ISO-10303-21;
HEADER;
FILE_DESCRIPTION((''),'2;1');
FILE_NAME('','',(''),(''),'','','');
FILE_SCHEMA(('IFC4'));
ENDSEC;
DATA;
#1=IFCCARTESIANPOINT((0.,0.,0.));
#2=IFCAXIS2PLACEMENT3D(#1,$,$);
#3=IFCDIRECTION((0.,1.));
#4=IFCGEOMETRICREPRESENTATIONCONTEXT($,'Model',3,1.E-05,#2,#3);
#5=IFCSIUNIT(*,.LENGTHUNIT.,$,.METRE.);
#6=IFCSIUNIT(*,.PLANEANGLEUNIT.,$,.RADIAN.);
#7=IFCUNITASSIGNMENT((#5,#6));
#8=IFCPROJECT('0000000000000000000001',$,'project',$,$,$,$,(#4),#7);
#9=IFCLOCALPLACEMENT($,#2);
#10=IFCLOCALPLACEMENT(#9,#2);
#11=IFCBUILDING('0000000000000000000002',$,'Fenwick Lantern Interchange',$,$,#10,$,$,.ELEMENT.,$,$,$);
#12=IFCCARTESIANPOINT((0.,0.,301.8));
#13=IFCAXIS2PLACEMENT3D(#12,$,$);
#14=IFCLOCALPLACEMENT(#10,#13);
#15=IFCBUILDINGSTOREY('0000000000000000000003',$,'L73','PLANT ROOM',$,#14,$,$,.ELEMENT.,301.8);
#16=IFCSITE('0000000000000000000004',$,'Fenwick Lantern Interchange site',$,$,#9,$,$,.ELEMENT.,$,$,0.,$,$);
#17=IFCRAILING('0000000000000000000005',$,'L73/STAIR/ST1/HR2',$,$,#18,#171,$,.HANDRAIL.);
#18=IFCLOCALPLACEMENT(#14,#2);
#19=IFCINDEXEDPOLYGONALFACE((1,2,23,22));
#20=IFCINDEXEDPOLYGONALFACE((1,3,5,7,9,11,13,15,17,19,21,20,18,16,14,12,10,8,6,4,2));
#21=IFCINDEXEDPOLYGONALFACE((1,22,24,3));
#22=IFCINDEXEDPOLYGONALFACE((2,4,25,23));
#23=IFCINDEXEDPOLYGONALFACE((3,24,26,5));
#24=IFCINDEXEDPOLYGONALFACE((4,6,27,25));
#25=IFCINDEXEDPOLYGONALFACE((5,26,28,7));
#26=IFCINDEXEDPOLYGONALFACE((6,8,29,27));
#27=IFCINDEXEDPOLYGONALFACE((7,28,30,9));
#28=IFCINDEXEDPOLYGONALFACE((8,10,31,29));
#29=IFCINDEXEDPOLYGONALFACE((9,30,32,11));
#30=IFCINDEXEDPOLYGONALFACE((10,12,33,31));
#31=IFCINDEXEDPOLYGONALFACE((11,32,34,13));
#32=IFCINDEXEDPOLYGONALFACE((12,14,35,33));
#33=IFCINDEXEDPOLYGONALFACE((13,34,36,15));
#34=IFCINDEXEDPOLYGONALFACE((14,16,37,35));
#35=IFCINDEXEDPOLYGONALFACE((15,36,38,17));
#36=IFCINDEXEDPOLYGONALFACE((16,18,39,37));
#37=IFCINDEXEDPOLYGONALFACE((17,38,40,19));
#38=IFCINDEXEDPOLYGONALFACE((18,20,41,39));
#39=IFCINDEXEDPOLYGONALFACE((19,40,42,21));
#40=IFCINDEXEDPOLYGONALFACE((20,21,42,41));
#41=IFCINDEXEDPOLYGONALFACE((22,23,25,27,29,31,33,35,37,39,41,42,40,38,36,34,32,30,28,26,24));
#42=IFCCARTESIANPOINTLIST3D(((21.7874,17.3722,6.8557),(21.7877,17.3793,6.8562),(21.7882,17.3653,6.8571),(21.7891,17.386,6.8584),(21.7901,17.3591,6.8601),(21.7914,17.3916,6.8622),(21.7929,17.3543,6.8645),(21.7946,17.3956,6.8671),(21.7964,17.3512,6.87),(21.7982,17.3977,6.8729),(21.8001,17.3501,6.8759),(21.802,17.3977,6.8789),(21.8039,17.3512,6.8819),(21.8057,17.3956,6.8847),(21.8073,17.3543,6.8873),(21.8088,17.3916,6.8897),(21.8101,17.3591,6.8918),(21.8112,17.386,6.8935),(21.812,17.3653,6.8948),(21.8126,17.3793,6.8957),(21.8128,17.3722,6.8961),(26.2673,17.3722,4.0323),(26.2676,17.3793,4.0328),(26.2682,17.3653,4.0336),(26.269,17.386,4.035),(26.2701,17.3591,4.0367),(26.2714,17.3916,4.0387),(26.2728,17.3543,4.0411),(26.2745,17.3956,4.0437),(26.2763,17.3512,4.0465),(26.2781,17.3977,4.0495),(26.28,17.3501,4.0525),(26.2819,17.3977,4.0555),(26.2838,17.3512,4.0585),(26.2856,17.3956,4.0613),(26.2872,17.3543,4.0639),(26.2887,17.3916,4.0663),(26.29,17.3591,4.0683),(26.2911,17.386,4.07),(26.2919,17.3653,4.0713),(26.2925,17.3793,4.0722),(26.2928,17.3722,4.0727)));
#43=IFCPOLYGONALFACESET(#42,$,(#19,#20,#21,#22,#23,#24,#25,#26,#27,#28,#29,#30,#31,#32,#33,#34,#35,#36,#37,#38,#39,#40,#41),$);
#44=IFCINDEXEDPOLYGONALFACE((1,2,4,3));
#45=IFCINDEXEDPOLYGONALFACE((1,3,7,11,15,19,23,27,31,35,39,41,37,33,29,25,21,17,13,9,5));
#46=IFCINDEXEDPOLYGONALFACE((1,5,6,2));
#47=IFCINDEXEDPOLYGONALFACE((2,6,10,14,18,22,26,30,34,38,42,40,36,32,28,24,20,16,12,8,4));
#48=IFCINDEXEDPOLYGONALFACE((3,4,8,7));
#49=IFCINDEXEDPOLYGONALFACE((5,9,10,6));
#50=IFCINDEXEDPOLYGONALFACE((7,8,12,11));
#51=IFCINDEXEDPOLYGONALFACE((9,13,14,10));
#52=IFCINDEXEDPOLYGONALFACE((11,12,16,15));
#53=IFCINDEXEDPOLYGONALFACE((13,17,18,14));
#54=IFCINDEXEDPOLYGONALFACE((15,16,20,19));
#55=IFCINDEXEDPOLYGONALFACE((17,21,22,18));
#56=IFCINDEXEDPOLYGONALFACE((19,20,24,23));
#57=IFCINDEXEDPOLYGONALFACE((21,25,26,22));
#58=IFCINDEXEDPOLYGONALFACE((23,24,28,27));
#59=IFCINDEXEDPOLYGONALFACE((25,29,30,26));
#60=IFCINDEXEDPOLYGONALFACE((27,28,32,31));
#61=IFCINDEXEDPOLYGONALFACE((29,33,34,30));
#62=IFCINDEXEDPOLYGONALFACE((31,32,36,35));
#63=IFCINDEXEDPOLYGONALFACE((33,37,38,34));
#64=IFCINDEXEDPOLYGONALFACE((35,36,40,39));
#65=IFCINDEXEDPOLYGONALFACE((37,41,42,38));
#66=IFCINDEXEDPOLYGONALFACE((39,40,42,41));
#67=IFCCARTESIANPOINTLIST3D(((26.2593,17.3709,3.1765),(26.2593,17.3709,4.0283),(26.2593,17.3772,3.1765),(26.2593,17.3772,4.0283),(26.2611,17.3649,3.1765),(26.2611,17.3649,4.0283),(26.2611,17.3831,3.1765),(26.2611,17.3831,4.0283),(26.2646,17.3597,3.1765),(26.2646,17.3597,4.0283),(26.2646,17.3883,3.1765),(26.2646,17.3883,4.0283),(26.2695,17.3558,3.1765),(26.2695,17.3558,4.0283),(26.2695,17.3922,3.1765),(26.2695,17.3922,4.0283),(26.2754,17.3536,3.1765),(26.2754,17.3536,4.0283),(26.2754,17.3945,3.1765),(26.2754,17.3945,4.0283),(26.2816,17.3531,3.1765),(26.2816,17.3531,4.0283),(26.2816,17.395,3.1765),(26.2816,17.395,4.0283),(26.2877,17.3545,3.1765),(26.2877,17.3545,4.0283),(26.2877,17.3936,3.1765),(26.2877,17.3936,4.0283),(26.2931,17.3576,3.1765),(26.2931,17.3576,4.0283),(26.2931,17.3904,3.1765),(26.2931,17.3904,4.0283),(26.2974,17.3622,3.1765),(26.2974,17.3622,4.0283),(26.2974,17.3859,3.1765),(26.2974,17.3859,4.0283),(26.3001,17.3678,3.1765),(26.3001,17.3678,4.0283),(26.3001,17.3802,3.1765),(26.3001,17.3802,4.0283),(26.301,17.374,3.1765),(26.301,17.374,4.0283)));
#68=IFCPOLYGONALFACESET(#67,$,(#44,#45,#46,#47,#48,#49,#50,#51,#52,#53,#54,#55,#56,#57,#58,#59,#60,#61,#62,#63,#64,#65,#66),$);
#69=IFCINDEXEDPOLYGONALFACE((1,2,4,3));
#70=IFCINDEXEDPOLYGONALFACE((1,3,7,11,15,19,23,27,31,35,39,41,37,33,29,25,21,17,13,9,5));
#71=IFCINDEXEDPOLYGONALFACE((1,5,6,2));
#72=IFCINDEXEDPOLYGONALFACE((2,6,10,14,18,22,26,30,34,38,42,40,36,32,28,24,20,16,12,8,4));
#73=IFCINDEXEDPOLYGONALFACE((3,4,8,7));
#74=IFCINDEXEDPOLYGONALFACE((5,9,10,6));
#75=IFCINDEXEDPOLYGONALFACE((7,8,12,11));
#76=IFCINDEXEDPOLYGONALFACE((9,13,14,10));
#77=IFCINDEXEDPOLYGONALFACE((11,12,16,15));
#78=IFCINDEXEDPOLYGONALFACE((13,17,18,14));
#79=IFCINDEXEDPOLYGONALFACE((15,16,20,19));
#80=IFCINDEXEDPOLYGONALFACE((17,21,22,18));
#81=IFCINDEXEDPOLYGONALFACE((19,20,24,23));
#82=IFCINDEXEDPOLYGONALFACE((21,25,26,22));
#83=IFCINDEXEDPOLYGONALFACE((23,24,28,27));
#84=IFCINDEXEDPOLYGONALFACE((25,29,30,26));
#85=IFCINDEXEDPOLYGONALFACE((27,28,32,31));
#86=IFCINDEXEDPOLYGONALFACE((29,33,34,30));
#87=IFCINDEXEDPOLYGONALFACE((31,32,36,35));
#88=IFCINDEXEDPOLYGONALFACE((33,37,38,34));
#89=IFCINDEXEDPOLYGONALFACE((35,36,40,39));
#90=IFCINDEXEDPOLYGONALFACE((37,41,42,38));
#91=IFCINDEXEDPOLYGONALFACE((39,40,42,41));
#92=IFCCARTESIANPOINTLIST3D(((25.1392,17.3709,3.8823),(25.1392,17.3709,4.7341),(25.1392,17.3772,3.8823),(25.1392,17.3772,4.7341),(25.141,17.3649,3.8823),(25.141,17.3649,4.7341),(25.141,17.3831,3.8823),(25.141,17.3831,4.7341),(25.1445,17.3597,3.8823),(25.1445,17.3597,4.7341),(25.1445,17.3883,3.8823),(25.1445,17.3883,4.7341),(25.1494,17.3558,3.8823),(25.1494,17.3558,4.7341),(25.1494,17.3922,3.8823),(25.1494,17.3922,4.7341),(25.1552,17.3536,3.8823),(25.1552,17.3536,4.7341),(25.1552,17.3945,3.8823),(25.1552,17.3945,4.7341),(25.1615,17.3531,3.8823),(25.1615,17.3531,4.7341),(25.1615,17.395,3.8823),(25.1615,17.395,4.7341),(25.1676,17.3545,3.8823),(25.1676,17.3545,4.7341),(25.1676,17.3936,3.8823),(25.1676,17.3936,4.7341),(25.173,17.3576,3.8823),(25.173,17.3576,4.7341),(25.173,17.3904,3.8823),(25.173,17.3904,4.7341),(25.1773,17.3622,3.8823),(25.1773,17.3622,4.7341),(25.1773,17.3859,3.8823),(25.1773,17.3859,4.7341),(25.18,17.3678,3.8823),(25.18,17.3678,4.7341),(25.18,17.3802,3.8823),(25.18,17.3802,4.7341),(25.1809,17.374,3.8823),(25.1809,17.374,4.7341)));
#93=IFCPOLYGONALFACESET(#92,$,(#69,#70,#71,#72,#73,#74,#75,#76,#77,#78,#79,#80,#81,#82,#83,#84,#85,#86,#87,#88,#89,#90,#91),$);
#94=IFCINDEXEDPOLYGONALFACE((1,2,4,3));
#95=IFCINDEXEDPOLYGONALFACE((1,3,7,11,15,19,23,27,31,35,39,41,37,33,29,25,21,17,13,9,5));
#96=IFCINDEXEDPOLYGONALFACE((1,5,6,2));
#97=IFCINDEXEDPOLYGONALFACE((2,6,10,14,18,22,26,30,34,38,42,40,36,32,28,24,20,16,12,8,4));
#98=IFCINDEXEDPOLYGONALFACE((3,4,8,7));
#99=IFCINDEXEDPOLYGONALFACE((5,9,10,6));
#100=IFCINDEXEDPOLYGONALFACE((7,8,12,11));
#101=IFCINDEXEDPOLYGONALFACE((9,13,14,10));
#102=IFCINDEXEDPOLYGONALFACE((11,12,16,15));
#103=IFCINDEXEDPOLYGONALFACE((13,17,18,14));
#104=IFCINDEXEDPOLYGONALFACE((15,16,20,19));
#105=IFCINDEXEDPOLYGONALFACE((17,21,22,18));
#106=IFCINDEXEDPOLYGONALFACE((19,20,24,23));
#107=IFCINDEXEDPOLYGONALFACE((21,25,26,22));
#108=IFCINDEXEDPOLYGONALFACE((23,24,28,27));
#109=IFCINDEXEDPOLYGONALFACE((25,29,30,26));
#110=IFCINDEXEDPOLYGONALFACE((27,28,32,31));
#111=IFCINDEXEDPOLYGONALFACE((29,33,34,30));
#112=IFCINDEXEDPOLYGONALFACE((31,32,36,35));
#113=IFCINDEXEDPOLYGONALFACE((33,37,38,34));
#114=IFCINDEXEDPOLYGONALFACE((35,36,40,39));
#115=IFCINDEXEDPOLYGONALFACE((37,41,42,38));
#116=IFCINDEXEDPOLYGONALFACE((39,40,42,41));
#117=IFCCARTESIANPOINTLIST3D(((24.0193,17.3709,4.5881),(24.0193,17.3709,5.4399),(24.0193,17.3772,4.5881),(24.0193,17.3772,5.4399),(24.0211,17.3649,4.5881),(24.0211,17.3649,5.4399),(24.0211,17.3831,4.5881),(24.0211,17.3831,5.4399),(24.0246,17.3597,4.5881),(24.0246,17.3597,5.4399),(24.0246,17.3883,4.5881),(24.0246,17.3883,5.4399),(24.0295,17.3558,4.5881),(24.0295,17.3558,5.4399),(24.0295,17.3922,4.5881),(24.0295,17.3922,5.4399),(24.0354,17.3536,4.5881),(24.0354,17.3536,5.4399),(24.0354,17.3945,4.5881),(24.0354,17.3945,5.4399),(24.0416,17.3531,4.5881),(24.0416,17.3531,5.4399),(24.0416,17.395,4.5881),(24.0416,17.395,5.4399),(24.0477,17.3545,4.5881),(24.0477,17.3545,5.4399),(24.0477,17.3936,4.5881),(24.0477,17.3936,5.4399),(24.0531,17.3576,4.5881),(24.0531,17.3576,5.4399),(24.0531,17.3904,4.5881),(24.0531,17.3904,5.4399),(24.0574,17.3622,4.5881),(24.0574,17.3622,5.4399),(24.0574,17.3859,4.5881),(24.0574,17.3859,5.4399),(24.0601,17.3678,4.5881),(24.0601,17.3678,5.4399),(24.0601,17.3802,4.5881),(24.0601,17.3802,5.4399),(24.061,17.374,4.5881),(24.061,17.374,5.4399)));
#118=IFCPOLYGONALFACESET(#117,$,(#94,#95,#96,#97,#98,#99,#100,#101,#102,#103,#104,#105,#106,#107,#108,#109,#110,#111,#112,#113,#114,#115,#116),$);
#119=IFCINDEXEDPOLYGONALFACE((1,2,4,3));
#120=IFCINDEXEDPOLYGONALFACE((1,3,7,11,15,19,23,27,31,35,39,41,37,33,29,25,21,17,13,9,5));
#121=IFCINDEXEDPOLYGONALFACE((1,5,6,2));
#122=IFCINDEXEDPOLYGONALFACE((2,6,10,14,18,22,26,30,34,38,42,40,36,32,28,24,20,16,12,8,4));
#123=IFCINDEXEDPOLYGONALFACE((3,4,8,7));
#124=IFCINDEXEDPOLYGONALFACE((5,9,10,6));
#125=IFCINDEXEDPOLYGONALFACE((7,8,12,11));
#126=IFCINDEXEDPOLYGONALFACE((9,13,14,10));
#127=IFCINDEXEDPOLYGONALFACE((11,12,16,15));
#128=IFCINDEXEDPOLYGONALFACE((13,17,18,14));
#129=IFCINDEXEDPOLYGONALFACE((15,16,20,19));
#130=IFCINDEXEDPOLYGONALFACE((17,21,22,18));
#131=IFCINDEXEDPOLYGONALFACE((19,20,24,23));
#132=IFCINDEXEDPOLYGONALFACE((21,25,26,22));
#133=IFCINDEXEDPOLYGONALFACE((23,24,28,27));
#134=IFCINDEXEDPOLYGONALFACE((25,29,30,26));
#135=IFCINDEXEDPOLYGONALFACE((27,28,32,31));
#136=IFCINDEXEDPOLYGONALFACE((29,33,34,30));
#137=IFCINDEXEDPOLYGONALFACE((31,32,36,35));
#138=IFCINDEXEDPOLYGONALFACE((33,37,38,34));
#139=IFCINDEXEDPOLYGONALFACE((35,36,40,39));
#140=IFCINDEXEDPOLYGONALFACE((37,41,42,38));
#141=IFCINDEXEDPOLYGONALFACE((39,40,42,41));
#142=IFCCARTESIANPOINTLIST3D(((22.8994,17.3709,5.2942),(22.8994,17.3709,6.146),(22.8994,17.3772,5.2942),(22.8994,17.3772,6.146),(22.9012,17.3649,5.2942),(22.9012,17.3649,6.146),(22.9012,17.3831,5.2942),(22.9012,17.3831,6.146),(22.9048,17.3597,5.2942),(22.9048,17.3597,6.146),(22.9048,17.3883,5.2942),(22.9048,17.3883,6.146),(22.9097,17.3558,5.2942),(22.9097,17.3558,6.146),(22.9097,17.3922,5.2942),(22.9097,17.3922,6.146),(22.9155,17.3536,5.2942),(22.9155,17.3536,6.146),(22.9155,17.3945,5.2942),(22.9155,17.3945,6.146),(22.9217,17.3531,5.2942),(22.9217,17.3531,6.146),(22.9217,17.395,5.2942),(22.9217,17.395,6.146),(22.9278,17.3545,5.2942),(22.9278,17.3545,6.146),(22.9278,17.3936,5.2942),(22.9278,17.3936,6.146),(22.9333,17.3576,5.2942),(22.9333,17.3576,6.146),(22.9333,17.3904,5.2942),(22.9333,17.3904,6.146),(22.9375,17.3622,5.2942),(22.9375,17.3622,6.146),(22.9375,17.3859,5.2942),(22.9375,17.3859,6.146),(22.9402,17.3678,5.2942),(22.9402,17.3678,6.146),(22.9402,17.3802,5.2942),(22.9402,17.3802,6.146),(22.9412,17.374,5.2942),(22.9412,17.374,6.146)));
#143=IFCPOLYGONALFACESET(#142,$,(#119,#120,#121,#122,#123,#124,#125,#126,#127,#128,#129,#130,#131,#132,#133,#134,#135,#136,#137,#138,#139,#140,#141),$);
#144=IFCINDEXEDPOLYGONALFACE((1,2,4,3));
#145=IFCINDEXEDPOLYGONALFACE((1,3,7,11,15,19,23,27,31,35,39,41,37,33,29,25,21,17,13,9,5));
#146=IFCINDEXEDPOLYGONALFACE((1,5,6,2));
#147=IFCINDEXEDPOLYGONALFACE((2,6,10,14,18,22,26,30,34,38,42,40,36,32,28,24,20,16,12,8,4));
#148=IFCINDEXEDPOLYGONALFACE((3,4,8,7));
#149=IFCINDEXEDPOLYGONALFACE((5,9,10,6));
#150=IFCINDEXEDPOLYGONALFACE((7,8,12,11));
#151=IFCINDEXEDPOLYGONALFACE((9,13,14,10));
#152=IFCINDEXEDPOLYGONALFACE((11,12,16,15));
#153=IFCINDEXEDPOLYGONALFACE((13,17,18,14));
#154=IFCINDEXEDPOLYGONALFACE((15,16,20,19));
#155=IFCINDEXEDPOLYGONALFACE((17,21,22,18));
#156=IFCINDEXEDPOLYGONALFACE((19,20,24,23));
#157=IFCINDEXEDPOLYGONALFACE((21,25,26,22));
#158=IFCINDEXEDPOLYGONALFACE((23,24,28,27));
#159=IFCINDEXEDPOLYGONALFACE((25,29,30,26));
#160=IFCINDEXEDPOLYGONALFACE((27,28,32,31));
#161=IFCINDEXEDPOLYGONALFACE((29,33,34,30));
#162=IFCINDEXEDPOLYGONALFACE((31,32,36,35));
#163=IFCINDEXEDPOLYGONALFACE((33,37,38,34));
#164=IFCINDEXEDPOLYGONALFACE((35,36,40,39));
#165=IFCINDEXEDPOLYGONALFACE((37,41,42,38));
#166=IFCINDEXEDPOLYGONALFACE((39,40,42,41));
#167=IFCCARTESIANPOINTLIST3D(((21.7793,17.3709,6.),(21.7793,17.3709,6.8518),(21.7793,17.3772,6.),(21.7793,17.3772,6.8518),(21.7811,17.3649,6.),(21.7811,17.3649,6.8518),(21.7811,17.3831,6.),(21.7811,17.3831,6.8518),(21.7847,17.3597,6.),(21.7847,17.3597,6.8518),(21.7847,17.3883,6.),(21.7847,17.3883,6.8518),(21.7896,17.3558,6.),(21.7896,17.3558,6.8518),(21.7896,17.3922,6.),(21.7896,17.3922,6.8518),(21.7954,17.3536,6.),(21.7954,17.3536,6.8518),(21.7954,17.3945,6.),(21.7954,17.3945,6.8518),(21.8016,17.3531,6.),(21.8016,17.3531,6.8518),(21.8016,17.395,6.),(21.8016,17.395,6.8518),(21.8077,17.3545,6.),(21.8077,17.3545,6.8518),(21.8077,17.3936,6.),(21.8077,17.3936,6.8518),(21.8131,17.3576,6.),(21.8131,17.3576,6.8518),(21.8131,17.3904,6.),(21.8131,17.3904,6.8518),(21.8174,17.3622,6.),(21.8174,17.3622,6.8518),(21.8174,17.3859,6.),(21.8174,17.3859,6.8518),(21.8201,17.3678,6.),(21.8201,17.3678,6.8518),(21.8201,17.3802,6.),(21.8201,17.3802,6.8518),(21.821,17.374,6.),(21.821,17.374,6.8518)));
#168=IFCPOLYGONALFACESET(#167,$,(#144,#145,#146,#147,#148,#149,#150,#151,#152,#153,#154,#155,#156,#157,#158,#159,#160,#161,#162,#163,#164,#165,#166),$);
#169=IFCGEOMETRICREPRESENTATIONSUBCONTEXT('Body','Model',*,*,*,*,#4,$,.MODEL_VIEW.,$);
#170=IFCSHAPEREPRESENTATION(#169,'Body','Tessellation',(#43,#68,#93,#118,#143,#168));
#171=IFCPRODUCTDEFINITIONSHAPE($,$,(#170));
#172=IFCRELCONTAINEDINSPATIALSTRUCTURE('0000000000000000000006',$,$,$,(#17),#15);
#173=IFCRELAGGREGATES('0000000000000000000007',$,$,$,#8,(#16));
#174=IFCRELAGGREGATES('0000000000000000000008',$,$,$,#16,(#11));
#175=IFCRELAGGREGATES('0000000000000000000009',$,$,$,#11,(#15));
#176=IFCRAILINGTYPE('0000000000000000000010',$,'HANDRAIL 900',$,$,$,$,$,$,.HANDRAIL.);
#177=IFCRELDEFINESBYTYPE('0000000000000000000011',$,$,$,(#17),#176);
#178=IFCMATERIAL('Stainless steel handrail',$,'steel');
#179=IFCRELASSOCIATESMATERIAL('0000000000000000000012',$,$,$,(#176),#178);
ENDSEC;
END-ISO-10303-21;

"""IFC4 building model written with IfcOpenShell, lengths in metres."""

from ifc_helpers import new_model, si_unit, direction, frame, origin, origin_2d, place, context, subcontext, project, spatial, circle, extrude, material, type_object, element, save


model = new_model("IFC4")

# Units and contexts
model_context = context("Model", 3, precision=1e-05, world=origin(), true_north=direction((0.0, 1.0)))
body_context = subcontext(model_context, "Body", "Model", "MODEL_VIEW")
ifc_project = project(units=[si_unit("LENGTHUNIT", "METRE"), si_unit("PLANEANGLEUNIT", "RADIAN")], contexts=[model_context])

# Site, building, storey
site_placement = place(None, origin())
site = spatial("IfcSite", under=ifc_project, at=site_placement, Name="Fenwick Lantern Interchange site", CompositionType="ELEMENT", RefElevation=0.0)
building_placement = place(site_placement, origin())
building = spatial("IfcBuilding", under=site, at=building_placement, Name="Fenwick Lantern Interchange", CompositionType="ELEMENT")
storey_placement = place(building_placement, frame((0.0, 0.0, 301.8)))
storey = spatial("IfcBuildingStorey", under=building, at=storey_placement, Name="L73", Description="PLANT ROOM", CompositionType="ELEMENT", Elevation=301.8)

# Railing
ifc_material_1 = material(Name="Stainless steel handrail", Category="steel")
railing_type = type_object("IfcRailingType", Name="HANDRAIL 900", PredefinedType="HANDRAIL", material=ifc_material_1)
railing_placement = place(storey_placement, frame((26.28, 17.374, 3.1765)))
element("IfcRailing", 1, at=railing_placement, inside=storey, type_object=railing_type, Name="L73/STAIR/ST1/HR2", PredefinedType="HANDRAIL", context=body_context, shape_type="SweptSolid", body=[
    extrude(circle(Radius=0.0239, at=origin_2d()), frame((0.0, 0.0, 0.876), z_axis=(-0.845998, 0.0, 0.533186), x_axis=(0.0, -1.0, 0.0)), (0.0, 0.0, 1.0), 5.2954),
    extrude(circle(Radius=0.021, at=origin_2d()), origin(), (0.0, 0.0, 1.0), 0.8518),
    extrude(circle(Radius=0.021, at=origin_2d()), frame((-1.1201, 0.0, 0.7058)), (0.0, 0.0, 1.0), 0.8518),
    extrude(circle(Radius=0.021, at=origin_2d()), frame((-2.24, 0.0, 1.4116)), (0.0, 0.0, 1.0), 0.8518),
    extrude(circle(Radius=0.021, at=origin_2d()), frame((-3.3599, 0.0, 2.1177)), (0.0, 0.0, 1.0), 0.8518),
    extrude(circle(Radius=0.021, at=origin_2d()), frame((-4.48, 0.0, 2.8235)), (0.0, 0.0, 1.0), 0.8518),
])

save(model, "model.ifc")
